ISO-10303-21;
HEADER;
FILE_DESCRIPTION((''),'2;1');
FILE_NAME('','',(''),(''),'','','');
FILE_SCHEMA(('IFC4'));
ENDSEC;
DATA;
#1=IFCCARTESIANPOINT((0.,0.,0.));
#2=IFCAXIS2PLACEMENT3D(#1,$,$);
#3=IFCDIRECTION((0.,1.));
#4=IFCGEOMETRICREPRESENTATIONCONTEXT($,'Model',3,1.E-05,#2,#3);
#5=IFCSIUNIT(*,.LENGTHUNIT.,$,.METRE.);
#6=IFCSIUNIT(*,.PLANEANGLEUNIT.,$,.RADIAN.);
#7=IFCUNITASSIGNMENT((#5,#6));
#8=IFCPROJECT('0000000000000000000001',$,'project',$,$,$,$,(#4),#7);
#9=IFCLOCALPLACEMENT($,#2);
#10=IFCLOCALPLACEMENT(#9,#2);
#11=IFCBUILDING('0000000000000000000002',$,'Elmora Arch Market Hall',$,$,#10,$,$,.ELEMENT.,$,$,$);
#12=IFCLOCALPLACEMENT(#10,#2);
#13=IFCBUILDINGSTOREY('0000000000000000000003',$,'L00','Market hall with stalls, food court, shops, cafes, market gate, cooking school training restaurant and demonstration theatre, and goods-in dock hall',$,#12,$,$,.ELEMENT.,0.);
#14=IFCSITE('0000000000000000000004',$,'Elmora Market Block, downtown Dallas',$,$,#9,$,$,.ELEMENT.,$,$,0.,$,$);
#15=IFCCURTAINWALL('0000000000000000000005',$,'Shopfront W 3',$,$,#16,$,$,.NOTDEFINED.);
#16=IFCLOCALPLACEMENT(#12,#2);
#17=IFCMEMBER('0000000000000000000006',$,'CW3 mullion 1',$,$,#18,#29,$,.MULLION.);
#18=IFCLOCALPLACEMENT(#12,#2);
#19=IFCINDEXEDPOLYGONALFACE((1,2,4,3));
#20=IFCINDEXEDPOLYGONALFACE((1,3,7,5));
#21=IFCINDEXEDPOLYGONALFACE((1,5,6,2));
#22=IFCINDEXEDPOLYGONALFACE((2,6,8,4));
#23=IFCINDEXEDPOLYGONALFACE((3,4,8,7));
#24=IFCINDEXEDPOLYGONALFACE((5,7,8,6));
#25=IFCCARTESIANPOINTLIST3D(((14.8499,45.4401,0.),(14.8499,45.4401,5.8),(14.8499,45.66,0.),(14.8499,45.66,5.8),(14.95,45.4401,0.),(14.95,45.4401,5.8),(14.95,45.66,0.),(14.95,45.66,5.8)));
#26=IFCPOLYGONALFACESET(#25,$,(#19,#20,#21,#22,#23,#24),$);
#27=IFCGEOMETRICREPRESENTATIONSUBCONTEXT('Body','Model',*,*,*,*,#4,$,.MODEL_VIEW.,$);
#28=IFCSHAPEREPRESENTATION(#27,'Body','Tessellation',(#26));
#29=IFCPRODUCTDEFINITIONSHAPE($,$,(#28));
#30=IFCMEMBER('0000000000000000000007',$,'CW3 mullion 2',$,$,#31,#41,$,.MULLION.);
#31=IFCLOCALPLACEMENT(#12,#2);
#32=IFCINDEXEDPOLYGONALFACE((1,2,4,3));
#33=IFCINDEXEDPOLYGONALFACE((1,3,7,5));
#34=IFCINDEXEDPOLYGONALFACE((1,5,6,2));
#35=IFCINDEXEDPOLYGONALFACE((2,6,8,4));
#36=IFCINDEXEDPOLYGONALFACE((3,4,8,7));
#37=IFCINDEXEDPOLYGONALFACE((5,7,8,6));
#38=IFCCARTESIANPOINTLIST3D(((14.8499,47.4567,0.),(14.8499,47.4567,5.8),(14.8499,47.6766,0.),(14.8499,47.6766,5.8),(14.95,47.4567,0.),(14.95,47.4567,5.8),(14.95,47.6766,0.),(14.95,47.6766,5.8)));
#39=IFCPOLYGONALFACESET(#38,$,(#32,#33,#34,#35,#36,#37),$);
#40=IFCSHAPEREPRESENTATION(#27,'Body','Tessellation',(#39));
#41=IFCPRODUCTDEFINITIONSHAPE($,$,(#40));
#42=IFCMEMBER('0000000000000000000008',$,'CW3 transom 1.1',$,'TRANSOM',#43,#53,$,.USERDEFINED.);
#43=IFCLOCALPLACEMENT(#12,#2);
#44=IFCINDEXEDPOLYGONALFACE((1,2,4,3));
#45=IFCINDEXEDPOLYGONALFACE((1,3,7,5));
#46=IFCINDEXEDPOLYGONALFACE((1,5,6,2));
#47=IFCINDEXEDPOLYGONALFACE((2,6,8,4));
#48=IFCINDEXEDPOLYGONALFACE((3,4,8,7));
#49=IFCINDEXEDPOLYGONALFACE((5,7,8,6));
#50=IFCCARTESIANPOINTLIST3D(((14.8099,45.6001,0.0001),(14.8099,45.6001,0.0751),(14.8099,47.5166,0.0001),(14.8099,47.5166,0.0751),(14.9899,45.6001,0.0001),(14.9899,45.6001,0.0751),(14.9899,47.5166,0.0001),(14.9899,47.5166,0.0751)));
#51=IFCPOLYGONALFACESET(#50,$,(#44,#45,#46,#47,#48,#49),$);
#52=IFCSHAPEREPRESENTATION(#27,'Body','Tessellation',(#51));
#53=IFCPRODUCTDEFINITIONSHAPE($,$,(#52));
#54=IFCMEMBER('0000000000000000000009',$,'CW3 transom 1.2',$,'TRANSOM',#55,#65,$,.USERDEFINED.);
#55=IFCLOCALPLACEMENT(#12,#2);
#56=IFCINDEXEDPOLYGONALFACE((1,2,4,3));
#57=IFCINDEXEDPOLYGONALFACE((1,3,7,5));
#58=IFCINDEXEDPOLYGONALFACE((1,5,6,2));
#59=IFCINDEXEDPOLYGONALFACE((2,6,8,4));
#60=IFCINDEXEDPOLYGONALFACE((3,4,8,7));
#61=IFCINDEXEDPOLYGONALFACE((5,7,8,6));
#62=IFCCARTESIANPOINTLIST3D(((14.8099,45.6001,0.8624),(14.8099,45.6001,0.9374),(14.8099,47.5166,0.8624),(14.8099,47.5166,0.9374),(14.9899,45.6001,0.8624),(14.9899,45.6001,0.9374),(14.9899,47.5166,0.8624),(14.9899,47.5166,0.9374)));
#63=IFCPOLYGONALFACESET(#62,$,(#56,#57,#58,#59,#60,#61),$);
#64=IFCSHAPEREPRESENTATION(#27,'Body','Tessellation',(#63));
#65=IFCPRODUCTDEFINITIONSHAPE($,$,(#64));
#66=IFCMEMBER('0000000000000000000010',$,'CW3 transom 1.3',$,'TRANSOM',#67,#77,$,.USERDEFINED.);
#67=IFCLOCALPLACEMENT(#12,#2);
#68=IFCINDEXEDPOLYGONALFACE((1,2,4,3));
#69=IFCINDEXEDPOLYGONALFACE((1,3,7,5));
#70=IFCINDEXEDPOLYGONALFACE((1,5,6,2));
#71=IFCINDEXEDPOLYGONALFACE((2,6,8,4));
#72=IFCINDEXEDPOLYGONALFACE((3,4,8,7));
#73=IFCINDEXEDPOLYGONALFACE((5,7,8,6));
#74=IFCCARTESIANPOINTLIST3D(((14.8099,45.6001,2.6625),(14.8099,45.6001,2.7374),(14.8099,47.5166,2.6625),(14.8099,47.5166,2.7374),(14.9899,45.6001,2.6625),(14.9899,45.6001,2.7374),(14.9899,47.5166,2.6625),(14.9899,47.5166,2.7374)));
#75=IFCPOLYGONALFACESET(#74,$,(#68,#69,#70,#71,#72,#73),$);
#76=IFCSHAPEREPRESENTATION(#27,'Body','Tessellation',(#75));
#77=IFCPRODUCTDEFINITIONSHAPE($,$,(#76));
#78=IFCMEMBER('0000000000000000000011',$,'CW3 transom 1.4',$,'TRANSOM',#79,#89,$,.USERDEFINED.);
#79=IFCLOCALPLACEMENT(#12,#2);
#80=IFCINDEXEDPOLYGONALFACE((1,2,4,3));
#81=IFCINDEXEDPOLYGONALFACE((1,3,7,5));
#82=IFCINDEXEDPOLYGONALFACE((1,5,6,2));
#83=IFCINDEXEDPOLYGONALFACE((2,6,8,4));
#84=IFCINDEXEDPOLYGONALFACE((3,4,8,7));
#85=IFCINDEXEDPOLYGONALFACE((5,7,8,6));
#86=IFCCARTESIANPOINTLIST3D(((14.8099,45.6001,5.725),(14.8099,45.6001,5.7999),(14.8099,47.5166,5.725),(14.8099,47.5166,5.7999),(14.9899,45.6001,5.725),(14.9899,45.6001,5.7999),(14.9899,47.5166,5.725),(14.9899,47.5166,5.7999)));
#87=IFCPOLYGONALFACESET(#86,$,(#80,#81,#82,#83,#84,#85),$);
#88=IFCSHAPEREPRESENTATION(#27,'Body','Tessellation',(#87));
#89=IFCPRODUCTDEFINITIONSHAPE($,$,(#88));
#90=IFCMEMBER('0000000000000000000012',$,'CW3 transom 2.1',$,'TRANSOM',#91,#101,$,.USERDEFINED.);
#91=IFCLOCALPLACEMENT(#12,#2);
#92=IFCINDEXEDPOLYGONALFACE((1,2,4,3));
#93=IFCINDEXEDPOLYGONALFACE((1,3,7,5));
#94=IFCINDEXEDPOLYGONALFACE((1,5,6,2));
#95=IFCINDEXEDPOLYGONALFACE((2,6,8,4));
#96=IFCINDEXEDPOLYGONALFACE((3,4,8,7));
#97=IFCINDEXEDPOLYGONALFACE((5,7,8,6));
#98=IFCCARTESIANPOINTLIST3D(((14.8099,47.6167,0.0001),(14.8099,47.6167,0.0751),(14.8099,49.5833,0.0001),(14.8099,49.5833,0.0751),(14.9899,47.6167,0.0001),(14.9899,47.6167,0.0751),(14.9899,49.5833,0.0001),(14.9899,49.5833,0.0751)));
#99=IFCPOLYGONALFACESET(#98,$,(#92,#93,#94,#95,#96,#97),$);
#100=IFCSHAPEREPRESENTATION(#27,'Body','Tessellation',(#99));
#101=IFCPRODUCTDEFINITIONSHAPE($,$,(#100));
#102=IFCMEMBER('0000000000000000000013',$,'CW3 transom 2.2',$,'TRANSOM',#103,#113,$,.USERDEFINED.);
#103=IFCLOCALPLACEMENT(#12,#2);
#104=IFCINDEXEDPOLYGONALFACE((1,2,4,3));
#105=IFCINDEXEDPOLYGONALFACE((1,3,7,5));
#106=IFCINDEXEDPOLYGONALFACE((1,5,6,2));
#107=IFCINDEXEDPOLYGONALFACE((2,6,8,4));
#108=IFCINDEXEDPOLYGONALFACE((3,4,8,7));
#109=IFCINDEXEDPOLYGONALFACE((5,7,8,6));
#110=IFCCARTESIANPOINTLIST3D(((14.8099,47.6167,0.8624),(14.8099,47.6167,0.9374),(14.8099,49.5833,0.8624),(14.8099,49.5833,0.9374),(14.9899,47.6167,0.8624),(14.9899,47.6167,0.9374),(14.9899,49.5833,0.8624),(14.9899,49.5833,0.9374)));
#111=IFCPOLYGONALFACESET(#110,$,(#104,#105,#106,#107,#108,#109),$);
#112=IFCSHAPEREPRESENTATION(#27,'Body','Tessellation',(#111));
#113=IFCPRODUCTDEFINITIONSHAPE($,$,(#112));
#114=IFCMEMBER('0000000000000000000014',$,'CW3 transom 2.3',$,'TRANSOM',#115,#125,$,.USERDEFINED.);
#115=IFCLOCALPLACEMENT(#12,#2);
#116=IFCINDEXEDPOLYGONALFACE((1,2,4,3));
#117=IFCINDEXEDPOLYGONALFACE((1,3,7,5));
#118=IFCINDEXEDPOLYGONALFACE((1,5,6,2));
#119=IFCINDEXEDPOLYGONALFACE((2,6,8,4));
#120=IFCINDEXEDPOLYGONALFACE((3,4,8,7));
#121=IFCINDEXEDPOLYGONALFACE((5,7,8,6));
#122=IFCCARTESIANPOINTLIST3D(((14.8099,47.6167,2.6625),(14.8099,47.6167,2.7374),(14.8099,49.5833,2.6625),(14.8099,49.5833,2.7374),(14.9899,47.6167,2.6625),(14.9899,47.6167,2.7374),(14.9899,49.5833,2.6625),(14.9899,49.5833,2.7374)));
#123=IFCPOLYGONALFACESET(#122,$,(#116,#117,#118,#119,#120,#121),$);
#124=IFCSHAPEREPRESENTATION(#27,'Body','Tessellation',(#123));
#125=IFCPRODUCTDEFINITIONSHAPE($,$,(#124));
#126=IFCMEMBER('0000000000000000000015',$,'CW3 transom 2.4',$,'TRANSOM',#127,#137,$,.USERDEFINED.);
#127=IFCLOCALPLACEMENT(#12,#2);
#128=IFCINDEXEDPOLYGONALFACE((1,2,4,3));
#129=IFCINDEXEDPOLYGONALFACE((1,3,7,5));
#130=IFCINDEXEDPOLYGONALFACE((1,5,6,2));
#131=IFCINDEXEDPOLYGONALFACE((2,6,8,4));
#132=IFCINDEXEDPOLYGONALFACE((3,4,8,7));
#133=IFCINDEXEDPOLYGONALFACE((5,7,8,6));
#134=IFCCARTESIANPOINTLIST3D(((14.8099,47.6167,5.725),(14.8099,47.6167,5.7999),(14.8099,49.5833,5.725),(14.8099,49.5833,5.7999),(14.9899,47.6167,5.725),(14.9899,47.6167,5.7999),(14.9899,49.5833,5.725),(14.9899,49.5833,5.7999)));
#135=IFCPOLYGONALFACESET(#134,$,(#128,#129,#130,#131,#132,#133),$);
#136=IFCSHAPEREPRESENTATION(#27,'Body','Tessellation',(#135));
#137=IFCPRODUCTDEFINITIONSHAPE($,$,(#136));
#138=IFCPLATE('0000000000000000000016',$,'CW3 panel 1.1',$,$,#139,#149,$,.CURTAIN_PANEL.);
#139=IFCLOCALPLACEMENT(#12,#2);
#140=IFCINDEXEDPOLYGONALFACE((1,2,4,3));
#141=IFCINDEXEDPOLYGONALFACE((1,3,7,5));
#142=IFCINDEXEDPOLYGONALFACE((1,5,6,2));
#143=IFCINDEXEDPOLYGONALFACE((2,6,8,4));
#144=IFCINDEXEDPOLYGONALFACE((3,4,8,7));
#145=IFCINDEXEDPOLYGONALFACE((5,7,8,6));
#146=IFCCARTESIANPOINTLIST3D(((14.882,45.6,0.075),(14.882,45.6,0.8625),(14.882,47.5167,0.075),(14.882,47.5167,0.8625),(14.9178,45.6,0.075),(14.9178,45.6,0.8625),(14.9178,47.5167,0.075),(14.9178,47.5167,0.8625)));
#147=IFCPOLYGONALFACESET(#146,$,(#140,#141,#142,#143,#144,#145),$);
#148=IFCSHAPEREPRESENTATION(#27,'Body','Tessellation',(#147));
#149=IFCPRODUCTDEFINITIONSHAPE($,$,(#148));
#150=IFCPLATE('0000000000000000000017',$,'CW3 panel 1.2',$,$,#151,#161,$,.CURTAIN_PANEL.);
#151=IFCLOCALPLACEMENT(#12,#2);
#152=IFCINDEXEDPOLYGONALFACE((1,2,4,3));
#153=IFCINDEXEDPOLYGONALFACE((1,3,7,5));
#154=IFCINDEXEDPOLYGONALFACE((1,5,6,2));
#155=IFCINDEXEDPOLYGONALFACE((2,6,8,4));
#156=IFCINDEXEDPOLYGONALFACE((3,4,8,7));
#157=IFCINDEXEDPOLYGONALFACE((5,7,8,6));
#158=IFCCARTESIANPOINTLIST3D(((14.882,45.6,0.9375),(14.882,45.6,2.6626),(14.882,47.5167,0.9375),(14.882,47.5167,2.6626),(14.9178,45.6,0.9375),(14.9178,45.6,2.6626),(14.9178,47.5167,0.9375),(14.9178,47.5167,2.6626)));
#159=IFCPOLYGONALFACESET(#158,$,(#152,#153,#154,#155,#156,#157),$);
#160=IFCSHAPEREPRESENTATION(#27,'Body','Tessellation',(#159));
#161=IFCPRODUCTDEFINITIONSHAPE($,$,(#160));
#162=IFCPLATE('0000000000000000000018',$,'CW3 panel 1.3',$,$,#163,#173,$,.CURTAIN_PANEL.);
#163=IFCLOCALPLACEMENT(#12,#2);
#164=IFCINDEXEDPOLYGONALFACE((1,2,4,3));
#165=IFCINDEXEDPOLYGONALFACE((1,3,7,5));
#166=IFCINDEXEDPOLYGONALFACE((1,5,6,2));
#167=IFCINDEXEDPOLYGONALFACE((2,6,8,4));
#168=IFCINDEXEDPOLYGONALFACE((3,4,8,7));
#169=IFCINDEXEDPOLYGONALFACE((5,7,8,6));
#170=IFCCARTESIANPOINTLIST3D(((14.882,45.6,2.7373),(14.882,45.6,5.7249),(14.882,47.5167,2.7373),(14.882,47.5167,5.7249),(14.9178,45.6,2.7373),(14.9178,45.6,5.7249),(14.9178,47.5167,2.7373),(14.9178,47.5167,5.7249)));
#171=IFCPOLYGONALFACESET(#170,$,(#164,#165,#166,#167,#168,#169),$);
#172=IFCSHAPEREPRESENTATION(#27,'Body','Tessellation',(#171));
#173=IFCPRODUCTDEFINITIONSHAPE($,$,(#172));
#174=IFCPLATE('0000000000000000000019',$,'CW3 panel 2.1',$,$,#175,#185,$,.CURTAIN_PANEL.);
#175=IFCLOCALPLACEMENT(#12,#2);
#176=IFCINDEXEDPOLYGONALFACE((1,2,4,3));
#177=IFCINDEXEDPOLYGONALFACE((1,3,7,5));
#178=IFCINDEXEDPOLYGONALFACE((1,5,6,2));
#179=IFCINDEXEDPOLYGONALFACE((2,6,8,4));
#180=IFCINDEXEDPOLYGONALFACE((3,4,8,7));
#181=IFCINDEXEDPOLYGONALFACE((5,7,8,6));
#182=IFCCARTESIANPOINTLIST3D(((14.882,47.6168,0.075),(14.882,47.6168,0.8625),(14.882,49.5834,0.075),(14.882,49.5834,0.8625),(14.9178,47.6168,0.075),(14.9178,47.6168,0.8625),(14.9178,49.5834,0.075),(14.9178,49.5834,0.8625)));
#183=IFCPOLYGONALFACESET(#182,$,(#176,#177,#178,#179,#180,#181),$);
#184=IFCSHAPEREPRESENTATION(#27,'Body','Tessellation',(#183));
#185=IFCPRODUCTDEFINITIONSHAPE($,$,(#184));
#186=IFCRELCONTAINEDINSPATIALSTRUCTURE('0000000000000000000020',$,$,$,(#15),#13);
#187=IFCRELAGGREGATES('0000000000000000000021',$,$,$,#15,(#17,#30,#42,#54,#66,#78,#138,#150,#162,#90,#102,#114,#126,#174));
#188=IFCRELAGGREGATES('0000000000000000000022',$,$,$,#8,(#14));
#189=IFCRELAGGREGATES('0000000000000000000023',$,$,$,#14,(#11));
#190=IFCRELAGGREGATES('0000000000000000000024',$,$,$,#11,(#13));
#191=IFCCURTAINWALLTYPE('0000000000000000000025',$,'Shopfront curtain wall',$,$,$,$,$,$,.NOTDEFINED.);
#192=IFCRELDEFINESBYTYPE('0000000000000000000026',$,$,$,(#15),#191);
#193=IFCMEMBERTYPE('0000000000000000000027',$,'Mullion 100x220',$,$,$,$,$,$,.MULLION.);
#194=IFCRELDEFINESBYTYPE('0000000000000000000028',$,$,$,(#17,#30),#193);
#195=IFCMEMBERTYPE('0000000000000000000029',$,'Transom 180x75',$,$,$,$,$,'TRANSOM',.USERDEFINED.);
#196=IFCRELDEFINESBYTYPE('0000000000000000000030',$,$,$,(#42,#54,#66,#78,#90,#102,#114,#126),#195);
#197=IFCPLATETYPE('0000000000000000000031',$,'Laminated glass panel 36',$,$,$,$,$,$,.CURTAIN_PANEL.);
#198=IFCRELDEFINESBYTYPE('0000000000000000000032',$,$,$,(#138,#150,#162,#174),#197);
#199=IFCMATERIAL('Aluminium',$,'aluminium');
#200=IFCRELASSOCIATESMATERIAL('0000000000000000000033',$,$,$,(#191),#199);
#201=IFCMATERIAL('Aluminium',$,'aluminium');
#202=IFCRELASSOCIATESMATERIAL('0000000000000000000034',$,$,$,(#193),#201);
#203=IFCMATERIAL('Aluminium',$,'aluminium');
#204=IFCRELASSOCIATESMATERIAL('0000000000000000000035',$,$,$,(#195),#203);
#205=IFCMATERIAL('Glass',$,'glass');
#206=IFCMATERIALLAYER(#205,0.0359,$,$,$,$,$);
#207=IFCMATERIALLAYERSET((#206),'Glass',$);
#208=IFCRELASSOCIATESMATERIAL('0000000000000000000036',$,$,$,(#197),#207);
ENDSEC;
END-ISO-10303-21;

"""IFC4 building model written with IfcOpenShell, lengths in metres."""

from ifc_helpers import new_model, si_unit, direction, frame, origin, origin_2d, place, context, subcontext, project, spatial, rectangle, extrude, material, layer, layer_set, material_profile, profile_set, type_object, element, aggregate, save


model = new_model("IFC4")

# Units and contexts
model_context = context("Model", 3, precision=1e-05, world=origin(), true_north=direction((0.0, 1.0)))
body_context = subcontext(model_context, "Body", "Model", "MODEL_VIEW")
ifc_project = project(units=[si_unit("LENGTHUNIT", "METRE"), si_unit("PLANEANGLEUNIT", "RADIAN")], contexts=[model_context])

# Site, building, storey
site_placement = place(None, origin())
site = spatial("IfcSite", under=ifc_project, at=site_placement, Name="Elmora Market Block, downtown Dallas", CompositionType="ELEMENT", RefElevation=0.0)
building_placement = place(site_placement, origin())
building = spatial("IfcBuilding", under=site, at=building_placement, Name="Elmora Arch Market Hall", CompositionType="ELEMENT")
storey_placement = place(building_placement, origin())
storey = spatial("IfcBuildingStorey", under=building, at=storey_placement, Name="L00", Description="Market hall with stalls, food court, shops, cafes, market gate, cooking school training restaurant and demonstration theatre, and goods-in dock hall", CompositionType="ELEMENT", Elevation=0.0)

# Curtain wall, members, plates
ifc_material_1 = material(Name="Aluminium", Category="aluminium")
curtain_wall_type = type_object("IfcCurtainWallType", Name="Shopfront curtain wall", PredefinedType="NOTDEFINED", material=ifc_material_1)
curtain_wall_placement = place(storey_placement, origin())
curtain_wall = element("IfcCurtainWall", 1, at=curtain_wall_placement, inside=storey, type_object=curtain_wall_type, Name="Shopfront W 3", PredefinedType="NOTDEFINED")
ifc_material_2 = material(Name="Aluminium", Category="aluminium")
ifc_material_profile_1 = material_profile(ifc_material_2, rectangle(XDim=0.1001, YDim=0.22, at=origin_2d()), Name="AL 100x220")
ifc_profile_set_1 = profile_set([ifc_material_profile_1], Name="Aluminium")
member_type_1 = type_object("IfcMemberType", Name="Mullion 100x220", PredefinedType="MULLION", material=ifc_profile_set_1)
member_1_placement = place(storey_placement, frame((14.8999, 45.55, 0.0), z_axis=(0.0, 0.0, 1.0), x_axis=(-1.0, 0.0, 0.0)))
member_1 = element("IfcMember", 2, at=member_1_placement, type_object=member_type_1, Name="CW3 mullion 1", PredefinedType="MULLION", context=body_context, shape_type="SweptSolid", body=[
    extrude(rectangle(XDim=0.1001, YDim=0.22, at=origin_2d()), origin(), (0.0, 0.0, 1.0), 5.8),
])
member_2_placement = place(storey_placement, frame((14.8999, 47.5667, 0.0), z_axis=(0.0, 0.0, 1.0), x_axis=(-1.0, 0.0, 0.0)))
member_2 = element("IfcMember", 3, at=member_2_placement, type_object=member_type_1, Name="CW3 mullion 2", PredefinedType="MULLION", context=body_context, shape_type="SweptSolid", body=[
    extrude(rectangle(XDim=0.1001, YDim=0.22, at=origin_2d()), origin(), (0.0, 0.0, 1.0), 5.8),
])
ifc_material_3 = material(Name="Aluminium", Category="aluminium")
ifc_material_profile_2 = material_profile(ifc_material_3, rectangle(XDim=0.1799, YDim=0.075, at=origin_2d()), Name="AL 180x75")
ifc_profile_set_2 = profile_set([ifc_material_profile_2], Name="Aluminium")
member_type_2 = type_object("IfcMemberType", Name="Transom 180x75", ElementType="TRANSOM", PredefinedType="USERDEFINED", material=ifc_profile_set_2)
member_3_placement = place(storey_placement, frame((14.8999, 45.6001, 0.0376), z_axis=(0.0, 1.0, 0.0), x_axis=(-1.0, 0.0, 0.0)))
member_3 = element("IfcMember", 4, at=member_3_placement, type_object=member_type_2, Name="CW3 transom 1.1", ObjectType="TRANSOM", PredefinedType="USERDEFINED", context=body_context, shape_type="SweptSolid", body=[
    extrude(rectangle(XDim=0.1799, YDim=0.075, at=origin_2d()), origin(), (0.0, 0.0, 1.0), 1.9165),
])
member_4_placement = place(storey_placement, frame((14.8999, 45.6001, 0.8999), z_axis=(0.0, 1.0, 0.0), x_axis=(-1.0, 0.0, 0.0)))
member_4 = element("IfcMember", 5, at=member_4_placement, type_object=member_type_2, Name="CW3 transom 1.2", ObjectType="TRANSOM", PredefinedType="USERDEFINED", context=body_context, shape_type="SweptSolid", body=[
    extrude(rectangle(XDim=0.1799, YDim=0.075, at=origin_2d()), origin(), (0.0, 0.0, 1.0), 1.9165),
])
member_5_placement = place(storey_placement, frame((14.8999, 45.6001, 2.7), z_axis=(0.0, 1.0, 0.0), x_axis=(-1.0, 0.0, 0.0)))
member_5 = element("IfcMember", 6, at=member_5_placement, type_object=member_type_2, Name="CW3 transom 1.3", ObjectType="TRANSOM", PredefinedType="USERDEFINED", context=body_context, shape_type="SweptSolid", body=[
    extrude(rectangle(XDim=0.1799, YDim=0.075, at=origin_2d()), origin(), (0.0, 0.0, 1.0), 1.9165),
])
member_6_placement = place(storey_placement, frame((14.8999, 45.6001, 5.7625), z_axis=(0.0, 1.0, 0.0), x_axis=(-1.0, 0.0, 0.0)))
member_6 = element("IfcMember", 7, at=member_6_placement, type_object=member_type_2, Name="CW3 transom 1.4", ObjectType="TRANSOM", PredefinedType="USERDEFINED", context=body_context, shape_type="SweptSolid", body=[
    extrude(rectangle(XDim=0.1799, YDim=0.075, at=origin_2d()), origin(), (0.0, 0.0, 1.0), 1.9165),
])
member_7_placement = place(storey_placement, frame((14.8999, 47.6167, 0.0376), z_axis=(0.0, 1.0, 0.0), x_axis=(-1.0, 0.0, 0.0)))
member_7 = element("IfcMember", 8, at=member_7_placement, type_object=member_type_2, Name="CW3 transom 2.1", ObjectType="TRANSOM", PredefinedType="USERDEFINED", context=body_context, shape_type="SweptSolid", body=[
    extrude(rectangle(XDim=0.1799, YDim=0.075, at=origin_2d()), origin(), (0.0, 0.0, 1.0), 1.9666),
])
member_8_placement = place(storey_placement, frame((14.8999, 47.6167, 0.8999), z_axis=(0.0, 1.0, 0.0), x_axis=(-1.0, 0.0, 0.0)))
member_8 = element("IfcMember", 9, at=member_8_placement, type_object=member_type_2, Name="CW3 transom 2.2", ObjectType="TRANSOM", PredefinedType="USERDEFINED", context=body_context, shape_type="SweptSolid", body=[
    extrude(rectangle(XDim=0.1799, YDim=0.075, at=origin_2d()), origin(), (0.0, 0.0, 1.0), 1.9666),
])
member_9_placement = place(storey_placement, frame((14.8999, 47.6167, 2.7), z_axis=(0.0, 1.0, 0.0), x_axis=(-1.0, 0.0, 0.0)))
member_9 = element("IfcMember", 10, at=member_9_placement, type_object=member_type_2, Name="CW3 transom 2.3", ObjectType="TRANSOM", PredefinedType="USERDEFINED", context=body_context, shape_type="SweptSolid", body=[
    extrude(rectangle(XDim=0.1799, YDim=0.075, at=origin_2d()), origin(), (0.0, 0.0, 1.0), 1.9666),
])
member_10_placement = place(storey_placement, frame((14.8999, 47.6167, 5.7625), z_axis=(0.0, 1.0, 0.0), x_axis=(-1.0, 0.0, 0.0)))
member_10 = element("IfcMember", 11, at=member_10_placement, type_object=member_type_2, Name="CW3 transom 2.4", ObjectType="TRANSOM", PredefinedType="USERDEFINED", context=body_context, shape_type="SweptSolid", body=[
    extrude(rectangle(XDim=0.1799, YDim=0.075, at=origin_2d()), origin(), (0.0, 0.0, 1.0), 1.9666),
])
ifc_material_4 = material(Name="Glass", Category="glass")
ifc_layer_1 = layer(ifc_material_4, 0.0359)
ifc_layer_set_1 = layer_set([ifc_layer_1], Name="Glass")
plate_type = type_object("IfcPlateType", Name="Laminated glass panel 36", PredefinedType="CURTAIN_PANEL", material=ifc_layer_set_1)
plate_1_placement = place(storey_placement, frame((14.8999, 46.5583, 0.075), z_axis=(0.0, 0.0, 1.0), x_axis=(0.0, 1.0, 0.0)))
plate_1 = element("IfcPlate", 12, at=plate_1_placement, type_object=plate_type, Name="CW3 panel 1.1", PredefinedType="CURTAIN_PANEL", context=body_context, shape_type="SweptSolid", body=[
    extrude(rectangle(XDim=1.9167, YDim=0.0359, at=origin_2d()), origin(), (0.0, 0.0, 1.0), 0.7876),
])
plate_2_placement = place(storey_placement, frame((14.8999, 46.5583, 0.9375), z_axis=(0.0, 0.0, 1.0), x_axis=(0.0, 1.0, 0.0)))
plate_2 = element("IfcPlate", 13, at=plate_2_placement, type_object=plate_type, Name="CW3 panel 1.2", PredefinedType="CURTAIN_PANEL", context=body_context, shape_type="SweptSolid", body=[
    extrude(rectangle(XDim=1.9167, YDim=0.0359, at=origin_2d()), origin(), (0.0, 0.0, 1.0), 1.7251),
])
plate_3_placement = place(storey_placement, frame((14.8999, 46.5583, 2.7373), z_axis=(0.0, 0.0, 1.0), x_axis=(0.0, 1.0, 0.0)))
plate_3 = element("IfcPlate", 14, at=plate_3_placement, type_object=plate_type, Name="CW3 panel 1.3", PredefinedType="CURTAIN_PANEL", context=body_context, shape_type="SweptSolid", body=[
    extrude(rectangle(XDim=1.9167, YDim=0.0359, at=origin_2d()), origin(), (0.0, 0.0, 1.0), 2.9875),
])
plate_4_placement = place(storey_placement, frame((14.8999, 48.6001, 0.075), z_axis=(0.0, 0.0, 1.0), x_axis=(0.0, 1.0, 0.0)))
plate_4 = element("IfcPlate", 15, at=plate_4_placement, type_object=plate_type, Name="CW3 panel 2.1", PredefinedType="CURTAIN_PANEL", context=body_context, shape_type="SweptSolid", body=[
    extrude(rectangle(XDim=1.9666, YDim=0.0359, at=origin_2d()), origin(), (0.0, 0.0, 1.0), 0.7876),
])
aggregate(curtain_wall, [member_1, member_2, member_3, member_4, member_5, member_6, plate_1, plate_2, plate_3, member_7, member_8, member_9, member_10, plate_4])

save(model, "model.ifc")
